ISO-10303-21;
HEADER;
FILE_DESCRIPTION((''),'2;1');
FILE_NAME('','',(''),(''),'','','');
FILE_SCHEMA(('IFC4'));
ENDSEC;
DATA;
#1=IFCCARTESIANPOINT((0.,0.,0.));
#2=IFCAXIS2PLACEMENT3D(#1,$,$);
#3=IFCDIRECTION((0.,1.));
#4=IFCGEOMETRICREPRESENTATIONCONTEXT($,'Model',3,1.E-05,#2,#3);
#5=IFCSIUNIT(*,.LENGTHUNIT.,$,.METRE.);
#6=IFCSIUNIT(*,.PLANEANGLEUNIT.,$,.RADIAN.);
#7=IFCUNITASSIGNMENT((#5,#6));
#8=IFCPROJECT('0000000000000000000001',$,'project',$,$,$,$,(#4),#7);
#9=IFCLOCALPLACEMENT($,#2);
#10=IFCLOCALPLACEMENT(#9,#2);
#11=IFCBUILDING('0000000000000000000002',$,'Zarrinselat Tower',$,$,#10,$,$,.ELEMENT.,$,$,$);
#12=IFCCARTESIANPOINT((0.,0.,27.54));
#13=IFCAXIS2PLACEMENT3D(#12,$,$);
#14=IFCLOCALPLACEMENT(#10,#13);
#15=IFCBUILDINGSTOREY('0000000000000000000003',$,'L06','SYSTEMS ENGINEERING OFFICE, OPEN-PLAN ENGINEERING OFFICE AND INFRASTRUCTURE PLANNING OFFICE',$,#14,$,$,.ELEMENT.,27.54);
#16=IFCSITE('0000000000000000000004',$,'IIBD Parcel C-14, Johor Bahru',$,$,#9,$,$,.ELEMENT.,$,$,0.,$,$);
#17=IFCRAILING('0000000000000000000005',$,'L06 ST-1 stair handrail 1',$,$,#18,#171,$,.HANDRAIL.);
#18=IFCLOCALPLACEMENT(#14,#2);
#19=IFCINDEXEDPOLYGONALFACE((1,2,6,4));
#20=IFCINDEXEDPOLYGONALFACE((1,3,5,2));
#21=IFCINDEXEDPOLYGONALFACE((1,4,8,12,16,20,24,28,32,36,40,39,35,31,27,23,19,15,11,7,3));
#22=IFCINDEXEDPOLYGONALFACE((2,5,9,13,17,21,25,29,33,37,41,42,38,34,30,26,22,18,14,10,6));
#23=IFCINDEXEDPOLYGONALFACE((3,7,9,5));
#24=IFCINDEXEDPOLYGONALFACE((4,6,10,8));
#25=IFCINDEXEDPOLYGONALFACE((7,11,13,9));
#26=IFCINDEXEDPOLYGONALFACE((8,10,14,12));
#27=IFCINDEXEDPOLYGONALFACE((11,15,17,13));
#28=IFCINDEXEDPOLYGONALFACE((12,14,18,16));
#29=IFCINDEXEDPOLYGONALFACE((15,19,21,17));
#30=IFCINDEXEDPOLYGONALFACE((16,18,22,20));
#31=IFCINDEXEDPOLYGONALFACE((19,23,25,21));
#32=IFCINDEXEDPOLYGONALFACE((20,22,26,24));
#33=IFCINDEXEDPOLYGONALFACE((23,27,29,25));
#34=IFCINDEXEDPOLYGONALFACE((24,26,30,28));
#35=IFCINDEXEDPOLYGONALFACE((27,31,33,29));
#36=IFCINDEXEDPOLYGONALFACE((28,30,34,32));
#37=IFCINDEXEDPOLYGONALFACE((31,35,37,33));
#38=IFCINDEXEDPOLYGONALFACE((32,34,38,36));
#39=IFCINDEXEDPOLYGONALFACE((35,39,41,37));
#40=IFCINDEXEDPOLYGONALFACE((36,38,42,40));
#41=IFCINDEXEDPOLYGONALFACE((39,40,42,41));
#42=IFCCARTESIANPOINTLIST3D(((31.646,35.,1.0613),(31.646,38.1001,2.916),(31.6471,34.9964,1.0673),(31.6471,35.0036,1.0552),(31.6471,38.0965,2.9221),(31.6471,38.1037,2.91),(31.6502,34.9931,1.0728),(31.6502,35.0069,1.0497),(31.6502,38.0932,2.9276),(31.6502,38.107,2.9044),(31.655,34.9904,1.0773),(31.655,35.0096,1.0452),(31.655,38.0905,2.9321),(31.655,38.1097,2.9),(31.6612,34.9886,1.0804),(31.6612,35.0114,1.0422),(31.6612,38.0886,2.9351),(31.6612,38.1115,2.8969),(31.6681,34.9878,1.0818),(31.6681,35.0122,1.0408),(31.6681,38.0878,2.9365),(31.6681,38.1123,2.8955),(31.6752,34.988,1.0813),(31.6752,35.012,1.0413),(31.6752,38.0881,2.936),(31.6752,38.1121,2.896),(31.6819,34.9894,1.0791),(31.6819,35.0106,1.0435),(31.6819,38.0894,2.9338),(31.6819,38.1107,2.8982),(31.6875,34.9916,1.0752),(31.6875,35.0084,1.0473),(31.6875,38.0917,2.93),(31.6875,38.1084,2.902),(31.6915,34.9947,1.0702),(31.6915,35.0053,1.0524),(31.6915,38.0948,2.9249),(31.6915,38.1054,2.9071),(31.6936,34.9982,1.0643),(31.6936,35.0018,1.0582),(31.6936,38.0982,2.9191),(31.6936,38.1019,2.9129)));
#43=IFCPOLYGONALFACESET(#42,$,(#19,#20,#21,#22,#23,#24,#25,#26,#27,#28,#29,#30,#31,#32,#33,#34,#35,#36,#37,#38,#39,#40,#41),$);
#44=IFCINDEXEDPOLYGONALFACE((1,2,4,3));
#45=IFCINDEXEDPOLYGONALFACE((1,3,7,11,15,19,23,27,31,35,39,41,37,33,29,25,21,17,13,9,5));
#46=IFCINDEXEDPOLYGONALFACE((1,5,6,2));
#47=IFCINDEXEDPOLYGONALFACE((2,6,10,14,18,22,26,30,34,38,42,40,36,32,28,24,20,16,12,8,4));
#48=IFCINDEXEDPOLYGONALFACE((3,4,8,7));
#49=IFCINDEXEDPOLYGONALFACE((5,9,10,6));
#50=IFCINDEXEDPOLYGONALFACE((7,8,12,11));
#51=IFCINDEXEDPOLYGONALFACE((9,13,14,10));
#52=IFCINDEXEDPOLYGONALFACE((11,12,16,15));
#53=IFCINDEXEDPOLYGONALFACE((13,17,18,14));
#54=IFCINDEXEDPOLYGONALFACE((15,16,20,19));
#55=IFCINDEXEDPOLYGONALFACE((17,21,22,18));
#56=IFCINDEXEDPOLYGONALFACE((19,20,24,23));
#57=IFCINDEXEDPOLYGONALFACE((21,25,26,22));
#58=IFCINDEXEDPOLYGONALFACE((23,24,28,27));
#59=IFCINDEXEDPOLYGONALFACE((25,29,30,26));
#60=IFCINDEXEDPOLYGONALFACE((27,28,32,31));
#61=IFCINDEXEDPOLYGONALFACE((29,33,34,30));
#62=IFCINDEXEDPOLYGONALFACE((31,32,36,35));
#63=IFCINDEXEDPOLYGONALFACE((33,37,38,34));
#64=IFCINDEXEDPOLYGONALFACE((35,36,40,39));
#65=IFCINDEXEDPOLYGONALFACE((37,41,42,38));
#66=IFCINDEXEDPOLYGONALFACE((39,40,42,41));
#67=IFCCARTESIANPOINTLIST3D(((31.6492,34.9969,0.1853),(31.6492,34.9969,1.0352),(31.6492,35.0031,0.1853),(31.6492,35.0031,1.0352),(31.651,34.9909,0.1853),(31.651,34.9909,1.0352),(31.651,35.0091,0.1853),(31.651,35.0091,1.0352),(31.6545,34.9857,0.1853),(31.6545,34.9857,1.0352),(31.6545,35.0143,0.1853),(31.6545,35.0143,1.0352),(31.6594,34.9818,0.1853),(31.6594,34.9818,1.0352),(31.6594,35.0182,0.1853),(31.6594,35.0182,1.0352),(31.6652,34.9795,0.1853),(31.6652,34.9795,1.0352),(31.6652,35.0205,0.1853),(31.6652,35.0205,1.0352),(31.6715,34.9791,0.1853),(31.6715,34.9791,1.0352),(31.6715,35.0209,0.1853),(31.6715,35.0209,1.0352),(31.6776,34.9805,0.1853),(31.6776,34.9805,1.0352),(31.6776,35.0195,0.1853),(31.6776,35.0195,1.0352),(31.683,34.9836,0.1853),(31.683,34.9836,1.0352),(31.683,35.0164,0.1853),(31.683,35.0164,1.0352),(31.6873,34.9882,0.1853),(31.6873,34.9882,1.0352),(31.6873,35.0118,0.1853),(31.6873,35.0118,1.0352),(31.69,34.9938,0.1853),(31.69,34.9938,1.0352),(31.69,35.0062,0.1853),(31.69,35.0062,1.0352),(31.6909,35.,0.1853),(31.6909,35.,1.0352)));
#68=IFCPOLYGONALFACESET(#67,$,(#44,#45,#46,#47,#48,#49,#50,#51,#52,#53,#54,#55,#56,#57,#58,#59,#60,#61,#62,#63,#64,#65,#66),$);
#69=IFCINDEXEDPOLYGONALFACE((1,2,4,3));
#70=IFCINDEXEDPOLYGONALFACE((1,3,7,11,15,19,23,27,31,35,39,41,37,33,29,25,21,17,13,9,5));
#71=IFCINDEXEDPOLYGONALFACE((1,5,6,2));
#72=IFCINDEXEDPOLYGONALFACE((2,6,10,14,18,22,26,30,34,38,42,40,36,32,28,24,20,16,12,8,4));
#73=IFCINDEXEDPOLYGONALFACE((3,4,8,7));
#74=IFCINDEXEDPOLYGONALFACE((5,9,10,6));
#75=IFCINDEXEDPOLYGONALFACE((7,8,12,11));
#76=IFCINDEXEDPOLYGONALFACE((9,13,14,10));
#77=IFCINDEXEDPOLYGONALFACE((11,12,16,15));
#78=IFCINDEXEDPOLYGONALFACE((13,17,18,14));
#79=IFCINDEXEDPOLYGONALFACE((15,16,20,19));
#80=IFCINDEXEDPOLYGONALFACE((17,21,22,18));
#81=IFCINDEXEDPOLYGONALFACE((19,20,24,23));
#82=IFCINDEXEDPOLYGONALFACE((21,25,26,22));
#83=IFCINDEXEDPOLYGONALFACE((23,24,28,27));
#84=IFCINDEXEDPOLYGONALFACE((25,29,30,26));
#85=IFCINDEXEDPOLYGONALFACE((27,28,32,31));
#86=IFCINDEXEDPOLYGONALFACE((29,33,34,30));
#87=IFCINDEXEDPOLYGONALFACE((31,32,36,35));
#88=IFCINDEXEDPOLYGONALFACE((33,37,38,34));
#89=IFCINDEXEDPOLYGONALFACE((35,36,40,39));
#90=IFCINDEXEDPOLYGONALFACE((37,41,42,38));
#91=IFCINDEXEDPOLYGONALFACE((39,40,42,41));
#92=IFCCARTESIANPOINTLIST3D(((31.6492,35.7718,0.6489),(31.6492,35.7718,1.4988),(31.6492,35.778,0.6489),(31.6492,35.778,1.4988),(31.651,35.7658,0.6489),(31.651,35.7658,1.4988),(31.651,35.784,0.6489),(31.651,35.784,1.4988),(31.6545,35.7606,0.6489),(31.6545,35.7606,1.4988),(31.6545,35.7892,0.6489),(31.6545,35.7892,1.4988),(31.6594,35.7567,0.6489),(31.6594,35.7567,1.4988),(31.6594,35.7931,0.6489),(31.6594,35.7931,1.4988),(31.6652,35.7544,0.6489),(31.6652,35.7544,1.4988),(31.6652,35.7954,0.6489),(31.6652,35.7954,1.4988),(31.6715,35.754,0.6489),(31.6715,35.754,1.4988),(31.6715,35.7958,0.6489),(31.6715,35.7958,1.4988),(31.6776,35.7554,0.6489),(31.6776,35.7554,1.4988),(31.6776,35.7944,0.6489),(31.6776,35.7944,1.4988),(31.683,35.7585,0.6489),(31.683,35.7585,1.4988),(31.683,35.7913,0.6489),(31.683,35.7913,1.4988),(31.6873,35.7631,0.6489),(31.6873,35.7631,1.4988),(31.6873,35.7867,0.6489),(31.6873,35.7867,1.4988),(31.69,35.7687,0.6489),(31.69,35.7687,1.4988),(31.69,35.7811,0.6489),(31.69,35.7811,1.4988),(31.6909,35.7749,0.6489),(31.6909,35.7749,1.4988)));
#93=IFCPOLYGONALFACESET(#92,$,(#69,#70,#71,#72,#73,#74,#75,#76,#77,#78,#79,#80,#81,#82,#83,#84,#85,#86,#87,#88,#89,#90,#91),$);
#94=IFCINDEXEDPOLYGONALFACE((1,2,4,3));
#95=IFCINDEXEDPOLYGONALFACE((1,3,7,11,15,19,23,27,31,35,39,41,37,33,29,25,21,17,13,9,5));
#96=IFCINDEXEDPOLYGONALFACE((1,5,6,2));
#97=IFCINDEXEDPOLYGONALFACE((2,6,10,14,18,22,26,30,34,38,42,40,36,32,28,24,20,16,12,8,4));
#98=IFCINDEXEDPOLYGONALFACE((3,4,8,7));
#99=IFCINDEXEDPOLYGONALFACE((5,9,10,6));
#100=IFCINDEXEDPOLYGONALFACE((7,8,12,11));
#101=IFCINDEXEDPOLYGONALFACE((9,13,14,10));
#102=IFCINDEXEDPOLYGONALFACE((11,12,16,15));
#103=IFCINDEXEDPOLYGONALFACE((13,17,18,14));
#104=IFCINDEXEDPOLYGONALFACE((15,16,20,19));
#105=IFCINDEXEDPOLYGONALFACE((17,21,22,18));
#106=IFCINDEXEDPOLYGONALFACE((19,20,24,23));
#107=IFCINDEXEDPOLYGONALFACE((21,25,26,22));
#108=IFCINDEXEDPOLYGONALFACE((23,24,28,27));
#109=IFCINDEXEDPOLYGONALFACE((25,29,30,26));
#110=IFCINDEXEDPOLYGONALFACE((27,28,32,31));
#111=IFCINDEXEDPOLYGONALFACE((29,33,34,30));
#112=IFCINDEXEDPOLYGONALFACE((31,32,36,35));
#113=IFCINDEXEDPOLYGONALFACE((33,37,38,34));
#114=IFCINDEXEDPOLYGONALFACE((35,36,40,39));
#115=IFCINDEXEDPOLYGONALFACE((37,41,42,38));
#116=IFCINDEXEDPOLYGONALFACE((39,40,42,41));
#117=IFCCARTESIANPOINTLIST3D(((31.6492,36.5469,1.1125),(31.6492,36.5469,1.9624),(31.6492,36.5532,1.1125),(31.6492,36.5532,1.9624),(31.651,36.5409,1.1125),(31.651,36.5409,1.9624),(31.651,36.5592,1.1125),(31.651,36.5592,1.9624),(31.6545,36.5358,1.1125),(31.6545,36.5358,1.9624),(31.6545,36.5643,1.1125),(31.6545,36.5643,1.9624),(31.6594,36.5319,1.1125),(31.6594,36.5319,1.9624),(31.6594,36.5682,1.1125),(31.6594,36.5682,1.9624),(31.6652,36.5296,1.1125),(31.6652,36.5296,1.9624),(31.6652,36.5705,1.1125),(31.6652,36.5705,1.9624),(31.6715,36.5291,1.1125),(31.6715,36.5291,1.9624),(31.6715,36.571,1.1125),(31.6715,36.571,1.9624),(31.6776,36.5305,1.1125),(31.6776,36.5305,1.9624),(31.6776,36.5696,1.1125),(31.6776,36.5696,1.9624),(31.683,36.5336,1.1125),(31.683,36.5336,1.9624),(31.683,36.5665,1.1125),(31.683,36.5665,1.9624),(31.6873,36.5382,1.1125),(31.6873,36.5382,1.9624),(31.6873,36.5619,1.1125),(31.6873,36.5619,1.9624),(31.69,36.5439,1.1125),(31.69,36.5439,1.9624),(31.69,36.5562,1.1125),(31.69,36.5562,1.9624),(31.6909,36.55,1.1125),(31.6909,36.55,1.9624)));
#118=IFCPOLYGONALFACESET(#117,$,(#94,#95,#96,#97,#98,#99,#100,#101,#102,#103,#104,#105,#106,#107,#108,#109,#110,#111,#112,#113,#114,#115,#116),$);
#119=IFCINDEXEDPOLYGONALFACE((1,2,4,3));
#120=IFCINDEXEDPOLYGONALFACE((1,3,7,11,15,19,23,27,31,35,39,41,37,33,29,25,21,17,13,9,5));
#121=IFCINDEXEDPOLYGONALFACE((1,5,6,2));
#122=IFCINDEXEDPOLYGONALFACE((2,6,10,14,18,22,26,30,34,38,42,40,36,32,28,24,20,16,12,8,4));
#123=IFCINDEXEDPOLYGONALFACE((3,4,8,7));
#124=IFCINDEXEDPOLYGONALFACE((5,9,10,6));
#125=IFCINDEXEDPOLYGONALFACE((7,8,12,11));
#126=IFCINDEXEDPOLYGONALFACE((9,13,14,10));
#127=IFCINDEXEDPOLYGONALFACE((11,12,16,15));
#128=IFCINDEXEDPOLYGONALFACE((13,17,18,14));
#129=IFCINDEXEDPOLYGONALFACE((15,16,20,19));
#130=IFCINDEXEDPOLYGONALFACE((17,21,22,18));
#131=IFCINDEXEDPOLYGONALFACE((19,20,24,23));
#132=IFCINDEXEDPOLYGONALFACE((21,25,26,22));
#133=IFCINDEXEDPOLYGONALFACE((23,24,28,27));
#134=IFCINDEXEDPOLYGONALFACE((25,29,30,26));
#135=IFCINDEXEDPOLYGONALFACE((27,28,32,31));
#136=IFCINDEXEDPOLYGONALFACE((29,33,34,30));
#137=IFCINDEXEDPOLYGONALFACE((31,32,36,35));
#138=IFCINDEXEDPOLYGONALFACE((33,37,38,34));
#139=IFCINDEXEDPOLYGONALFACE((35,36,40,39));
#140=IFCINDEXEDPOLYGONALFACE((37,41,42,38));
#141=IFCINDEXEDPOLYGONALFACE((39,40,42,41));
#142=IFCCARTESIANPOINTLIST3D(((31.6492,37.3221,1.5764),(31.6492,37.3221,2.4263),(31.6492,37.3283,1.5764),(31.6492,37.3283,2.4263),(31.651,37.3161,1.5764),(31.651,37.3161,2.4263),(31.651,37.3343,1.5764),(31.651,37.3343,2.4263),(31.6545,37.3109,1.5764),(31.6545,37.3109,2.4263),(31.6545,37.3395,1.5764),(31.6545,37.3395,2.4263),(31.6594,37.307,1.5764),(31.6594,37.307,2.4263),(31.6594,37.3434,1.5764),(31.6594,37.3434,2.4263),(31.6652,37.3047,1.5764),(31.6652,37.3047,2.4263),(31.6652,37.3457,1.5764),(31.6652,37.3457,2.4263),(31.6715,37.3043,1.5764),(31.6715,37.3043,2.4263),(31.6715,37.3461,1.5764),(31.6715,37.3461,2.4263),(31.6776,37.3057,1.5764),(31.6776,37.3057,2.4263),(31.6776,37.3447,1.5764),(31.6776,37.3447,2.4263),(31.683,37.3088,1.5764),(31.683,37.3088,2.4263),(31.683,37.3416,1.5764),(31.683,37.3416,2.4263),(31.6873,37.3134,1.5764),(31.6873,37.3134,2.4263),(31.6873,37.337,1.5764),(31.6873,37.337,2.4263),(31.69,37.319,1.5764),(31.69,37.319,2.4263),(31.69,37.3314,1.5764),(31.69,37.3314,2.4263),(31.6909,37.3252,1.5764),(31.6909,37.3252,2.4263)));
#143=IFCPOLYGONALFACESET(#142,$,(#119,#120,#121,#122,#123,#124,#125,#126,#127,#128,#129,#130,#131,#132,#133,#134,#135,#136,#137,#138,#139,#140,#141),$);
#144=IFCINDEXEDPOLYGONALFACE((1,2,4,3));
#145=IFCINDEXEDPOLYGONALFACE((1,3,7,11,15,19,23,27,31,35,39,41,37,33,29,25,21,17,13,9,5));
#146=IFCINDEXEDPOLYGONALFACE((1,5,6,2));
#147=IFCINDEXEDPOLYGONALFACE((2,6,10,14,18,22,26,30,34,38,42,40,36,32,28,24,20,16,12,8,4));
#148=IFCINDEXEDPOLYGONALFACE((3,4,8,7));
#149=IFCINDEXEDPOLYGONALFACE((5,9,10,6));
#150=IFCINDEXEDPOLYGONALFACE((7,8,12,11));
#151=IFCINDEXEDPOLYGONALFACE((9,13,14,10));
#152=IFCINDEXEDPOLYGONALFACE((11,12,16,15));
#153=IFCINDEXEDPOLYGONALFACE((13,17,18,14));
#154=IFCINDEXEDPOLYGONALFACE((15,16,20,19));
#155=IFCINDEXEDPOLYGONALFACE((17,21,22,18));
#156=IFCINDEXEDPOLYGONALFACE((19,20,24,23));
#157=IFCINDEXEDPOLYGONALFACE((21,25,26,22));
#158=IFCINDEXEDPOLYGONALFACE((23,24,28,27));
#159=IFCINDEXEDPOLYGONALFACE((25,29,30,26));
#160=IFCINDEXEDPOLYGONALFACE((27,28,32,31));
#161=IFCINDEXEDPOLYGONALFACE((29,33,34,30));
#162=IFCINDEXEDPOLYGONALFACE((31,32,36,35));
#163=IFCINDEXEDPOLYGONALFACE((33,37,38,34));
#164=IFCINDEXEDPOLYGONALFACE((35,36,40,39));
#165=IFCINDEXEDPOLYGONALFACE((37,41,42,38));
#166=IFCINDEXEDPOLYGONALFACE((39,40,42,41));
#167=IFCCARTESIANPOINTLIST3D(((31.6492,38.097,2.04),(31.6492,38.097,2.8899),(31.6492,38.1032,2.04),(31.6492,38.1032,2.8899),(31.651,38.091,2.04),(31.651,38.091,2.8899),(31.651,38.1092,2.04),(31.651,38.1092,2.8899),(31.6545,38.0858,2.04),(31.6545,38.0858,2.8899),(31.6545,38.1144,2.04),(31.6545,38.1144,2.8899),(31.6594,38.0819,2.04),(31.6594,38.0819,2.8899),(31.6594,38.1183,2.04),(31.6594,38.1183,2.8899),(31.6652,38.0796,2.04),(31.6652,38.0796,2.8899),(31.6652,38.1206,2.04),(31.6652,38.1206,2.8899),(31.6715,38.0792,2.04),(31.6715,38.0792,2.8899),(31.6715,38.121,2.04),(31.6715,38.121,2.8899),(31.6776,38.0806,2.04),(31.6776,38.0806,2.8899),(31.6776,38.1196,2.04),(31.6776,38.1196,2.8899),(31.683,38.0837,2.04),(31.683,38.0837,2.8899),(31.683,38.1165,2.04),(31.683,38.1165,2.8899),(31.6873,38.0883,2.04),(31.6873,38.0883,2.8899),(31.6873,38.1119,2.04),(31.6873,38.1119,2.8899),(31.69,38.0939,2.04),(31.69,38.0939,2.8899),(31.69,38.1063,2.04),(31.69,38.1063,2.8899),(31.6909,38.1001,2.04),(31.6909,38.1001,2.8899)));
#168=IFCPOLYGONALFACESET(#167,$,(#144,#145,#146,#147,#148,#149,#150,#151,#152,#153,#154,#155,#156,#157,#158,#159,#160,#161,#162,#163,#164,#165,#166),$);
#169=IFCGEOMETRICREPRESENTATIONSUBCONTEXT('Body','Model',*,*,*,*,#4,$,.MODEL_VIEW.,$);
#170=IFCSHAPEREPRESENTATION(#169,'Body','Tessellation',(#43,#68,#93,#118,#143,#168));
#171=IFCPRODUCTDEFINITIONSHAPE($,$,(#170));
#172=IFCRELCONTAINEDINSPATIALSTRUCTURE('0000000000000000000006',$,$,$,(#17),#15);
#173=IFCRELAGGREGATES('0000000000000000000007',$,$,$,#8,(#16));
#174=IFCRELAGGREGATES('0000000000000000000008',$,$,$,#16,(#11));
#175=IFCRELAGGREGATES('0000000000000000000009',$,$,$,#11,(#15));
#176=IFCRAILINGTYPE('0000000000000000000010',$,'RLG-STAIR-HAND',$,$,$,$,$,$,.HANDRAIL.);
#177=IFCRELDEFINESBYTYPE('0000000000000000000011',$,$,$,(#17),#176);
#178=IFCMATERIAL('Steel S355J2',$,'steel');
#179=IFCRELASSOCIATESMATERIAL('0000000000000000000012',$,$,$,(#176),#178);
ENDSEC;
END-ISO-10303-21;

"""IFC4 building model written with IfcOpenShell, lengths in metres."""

from ifc_helpers import new_model, si_unit, direction, frame, origin, origin_2d, place, context, subcontext, project, spatial, circle, extrude, material, type_object, element, save


model = new_model("IFC4")

# Units and contexts
model_context = context("Model", 3, precision=1e-05, world=origin(), true_north=direction((0.0, 1.0)))
body_context = subcontext(model_context, "Body", "Model", "MODEL_VIEW")
ifc_project = project(units=[si_unit("LENGTHUNIT", "METRE"), si_unit("PLANEANGLEUNIT", "RADIAN")], contexts=[model_context])

# Site, building, storey
site_placement = place(None, origin())
site = spatial("IfcSite", under=ifc_project, at=site_placement, Name="IIBD Parcel C-14, Johor Bahru", CompositionType="ELEMENT", RefElevation=0.0)
building_placement = place(site_placement, origin())
building = spatial("IfcBuilding", under=site, at=building_placement, Name="Zarrinselat Tower", CompositionType="ELEMENT")
storey_placement = place(building_placement, frame((0.0, 0.0, 27.54)))
storey = spatial("IfcBuildingStorey", under=building, at=storey_placement, Name="L06", Description="SYSTEMS ENGINEERING OFFICE, OPEN-PLAN ENGINEERING OFFICE AND INFRASTRUCTURE PLANNING OFFICE", CompositionType="ELEMENT", Elevation=27.54)

# Railing
ifc_material_1 = material(Name="Steel S355J2", Category="steel")
railing_type_1 = type_object("IfcRailingType", Name="RLG-STAIR-HAND", PredefinedType="HANDRAIL", material=ifc_material_1)
railing_1_placement = place(storey_placement, frame((31.6699, 35.0, 0.1853)))
element("IfcRailing", 1, at=railing_1_placement, inside=storey, type_object=railing_type_1, Name="L06 ST-1 stair handrail 1", PredefinedType="HANDRAIL", context=body_context, shape_type="SweptSolid", body=[
    extrude(circle(Radius=0.0239, at=origin_2d()), frame((0.0, 0.0, 0.876), z_axis=(0.0, 0.858142, 0.513412), x_axis=(-1.0, 0.0, 0.0)), (0.0, 0.0, 1.0), 3.6125),
    extrude(circle(Radius=0.021, at=origin_2d()), origin(), (0.0, 0.0, 1.0), 0.8499),
    extrude(circle(Radius=0.021, at=origin_2d()), frame((0.0, 0.7749, 0.4636)), (0.0, 0.0, 1.0), 0.8499),
    extrude(circle(Radius=0.021, at=origin_2d()), frame((0.0, 1.55, 0.9272)), (0.0, 0.0, 1.0), 0.8499),
    extrude(circle(Radius=0.021, at=origin_2d()), frame((0.0, 2.3252, 1.3911)), (0.0, 0.0, 1.0), 0.8499),
    extrude(circle(Radius=0.021, at=origin_2d()), frame((0.0, 3.1001, 1.8547)), (0.0, 0.0, 1.0), 0.8499),
])

save(model, "model.ifc")
